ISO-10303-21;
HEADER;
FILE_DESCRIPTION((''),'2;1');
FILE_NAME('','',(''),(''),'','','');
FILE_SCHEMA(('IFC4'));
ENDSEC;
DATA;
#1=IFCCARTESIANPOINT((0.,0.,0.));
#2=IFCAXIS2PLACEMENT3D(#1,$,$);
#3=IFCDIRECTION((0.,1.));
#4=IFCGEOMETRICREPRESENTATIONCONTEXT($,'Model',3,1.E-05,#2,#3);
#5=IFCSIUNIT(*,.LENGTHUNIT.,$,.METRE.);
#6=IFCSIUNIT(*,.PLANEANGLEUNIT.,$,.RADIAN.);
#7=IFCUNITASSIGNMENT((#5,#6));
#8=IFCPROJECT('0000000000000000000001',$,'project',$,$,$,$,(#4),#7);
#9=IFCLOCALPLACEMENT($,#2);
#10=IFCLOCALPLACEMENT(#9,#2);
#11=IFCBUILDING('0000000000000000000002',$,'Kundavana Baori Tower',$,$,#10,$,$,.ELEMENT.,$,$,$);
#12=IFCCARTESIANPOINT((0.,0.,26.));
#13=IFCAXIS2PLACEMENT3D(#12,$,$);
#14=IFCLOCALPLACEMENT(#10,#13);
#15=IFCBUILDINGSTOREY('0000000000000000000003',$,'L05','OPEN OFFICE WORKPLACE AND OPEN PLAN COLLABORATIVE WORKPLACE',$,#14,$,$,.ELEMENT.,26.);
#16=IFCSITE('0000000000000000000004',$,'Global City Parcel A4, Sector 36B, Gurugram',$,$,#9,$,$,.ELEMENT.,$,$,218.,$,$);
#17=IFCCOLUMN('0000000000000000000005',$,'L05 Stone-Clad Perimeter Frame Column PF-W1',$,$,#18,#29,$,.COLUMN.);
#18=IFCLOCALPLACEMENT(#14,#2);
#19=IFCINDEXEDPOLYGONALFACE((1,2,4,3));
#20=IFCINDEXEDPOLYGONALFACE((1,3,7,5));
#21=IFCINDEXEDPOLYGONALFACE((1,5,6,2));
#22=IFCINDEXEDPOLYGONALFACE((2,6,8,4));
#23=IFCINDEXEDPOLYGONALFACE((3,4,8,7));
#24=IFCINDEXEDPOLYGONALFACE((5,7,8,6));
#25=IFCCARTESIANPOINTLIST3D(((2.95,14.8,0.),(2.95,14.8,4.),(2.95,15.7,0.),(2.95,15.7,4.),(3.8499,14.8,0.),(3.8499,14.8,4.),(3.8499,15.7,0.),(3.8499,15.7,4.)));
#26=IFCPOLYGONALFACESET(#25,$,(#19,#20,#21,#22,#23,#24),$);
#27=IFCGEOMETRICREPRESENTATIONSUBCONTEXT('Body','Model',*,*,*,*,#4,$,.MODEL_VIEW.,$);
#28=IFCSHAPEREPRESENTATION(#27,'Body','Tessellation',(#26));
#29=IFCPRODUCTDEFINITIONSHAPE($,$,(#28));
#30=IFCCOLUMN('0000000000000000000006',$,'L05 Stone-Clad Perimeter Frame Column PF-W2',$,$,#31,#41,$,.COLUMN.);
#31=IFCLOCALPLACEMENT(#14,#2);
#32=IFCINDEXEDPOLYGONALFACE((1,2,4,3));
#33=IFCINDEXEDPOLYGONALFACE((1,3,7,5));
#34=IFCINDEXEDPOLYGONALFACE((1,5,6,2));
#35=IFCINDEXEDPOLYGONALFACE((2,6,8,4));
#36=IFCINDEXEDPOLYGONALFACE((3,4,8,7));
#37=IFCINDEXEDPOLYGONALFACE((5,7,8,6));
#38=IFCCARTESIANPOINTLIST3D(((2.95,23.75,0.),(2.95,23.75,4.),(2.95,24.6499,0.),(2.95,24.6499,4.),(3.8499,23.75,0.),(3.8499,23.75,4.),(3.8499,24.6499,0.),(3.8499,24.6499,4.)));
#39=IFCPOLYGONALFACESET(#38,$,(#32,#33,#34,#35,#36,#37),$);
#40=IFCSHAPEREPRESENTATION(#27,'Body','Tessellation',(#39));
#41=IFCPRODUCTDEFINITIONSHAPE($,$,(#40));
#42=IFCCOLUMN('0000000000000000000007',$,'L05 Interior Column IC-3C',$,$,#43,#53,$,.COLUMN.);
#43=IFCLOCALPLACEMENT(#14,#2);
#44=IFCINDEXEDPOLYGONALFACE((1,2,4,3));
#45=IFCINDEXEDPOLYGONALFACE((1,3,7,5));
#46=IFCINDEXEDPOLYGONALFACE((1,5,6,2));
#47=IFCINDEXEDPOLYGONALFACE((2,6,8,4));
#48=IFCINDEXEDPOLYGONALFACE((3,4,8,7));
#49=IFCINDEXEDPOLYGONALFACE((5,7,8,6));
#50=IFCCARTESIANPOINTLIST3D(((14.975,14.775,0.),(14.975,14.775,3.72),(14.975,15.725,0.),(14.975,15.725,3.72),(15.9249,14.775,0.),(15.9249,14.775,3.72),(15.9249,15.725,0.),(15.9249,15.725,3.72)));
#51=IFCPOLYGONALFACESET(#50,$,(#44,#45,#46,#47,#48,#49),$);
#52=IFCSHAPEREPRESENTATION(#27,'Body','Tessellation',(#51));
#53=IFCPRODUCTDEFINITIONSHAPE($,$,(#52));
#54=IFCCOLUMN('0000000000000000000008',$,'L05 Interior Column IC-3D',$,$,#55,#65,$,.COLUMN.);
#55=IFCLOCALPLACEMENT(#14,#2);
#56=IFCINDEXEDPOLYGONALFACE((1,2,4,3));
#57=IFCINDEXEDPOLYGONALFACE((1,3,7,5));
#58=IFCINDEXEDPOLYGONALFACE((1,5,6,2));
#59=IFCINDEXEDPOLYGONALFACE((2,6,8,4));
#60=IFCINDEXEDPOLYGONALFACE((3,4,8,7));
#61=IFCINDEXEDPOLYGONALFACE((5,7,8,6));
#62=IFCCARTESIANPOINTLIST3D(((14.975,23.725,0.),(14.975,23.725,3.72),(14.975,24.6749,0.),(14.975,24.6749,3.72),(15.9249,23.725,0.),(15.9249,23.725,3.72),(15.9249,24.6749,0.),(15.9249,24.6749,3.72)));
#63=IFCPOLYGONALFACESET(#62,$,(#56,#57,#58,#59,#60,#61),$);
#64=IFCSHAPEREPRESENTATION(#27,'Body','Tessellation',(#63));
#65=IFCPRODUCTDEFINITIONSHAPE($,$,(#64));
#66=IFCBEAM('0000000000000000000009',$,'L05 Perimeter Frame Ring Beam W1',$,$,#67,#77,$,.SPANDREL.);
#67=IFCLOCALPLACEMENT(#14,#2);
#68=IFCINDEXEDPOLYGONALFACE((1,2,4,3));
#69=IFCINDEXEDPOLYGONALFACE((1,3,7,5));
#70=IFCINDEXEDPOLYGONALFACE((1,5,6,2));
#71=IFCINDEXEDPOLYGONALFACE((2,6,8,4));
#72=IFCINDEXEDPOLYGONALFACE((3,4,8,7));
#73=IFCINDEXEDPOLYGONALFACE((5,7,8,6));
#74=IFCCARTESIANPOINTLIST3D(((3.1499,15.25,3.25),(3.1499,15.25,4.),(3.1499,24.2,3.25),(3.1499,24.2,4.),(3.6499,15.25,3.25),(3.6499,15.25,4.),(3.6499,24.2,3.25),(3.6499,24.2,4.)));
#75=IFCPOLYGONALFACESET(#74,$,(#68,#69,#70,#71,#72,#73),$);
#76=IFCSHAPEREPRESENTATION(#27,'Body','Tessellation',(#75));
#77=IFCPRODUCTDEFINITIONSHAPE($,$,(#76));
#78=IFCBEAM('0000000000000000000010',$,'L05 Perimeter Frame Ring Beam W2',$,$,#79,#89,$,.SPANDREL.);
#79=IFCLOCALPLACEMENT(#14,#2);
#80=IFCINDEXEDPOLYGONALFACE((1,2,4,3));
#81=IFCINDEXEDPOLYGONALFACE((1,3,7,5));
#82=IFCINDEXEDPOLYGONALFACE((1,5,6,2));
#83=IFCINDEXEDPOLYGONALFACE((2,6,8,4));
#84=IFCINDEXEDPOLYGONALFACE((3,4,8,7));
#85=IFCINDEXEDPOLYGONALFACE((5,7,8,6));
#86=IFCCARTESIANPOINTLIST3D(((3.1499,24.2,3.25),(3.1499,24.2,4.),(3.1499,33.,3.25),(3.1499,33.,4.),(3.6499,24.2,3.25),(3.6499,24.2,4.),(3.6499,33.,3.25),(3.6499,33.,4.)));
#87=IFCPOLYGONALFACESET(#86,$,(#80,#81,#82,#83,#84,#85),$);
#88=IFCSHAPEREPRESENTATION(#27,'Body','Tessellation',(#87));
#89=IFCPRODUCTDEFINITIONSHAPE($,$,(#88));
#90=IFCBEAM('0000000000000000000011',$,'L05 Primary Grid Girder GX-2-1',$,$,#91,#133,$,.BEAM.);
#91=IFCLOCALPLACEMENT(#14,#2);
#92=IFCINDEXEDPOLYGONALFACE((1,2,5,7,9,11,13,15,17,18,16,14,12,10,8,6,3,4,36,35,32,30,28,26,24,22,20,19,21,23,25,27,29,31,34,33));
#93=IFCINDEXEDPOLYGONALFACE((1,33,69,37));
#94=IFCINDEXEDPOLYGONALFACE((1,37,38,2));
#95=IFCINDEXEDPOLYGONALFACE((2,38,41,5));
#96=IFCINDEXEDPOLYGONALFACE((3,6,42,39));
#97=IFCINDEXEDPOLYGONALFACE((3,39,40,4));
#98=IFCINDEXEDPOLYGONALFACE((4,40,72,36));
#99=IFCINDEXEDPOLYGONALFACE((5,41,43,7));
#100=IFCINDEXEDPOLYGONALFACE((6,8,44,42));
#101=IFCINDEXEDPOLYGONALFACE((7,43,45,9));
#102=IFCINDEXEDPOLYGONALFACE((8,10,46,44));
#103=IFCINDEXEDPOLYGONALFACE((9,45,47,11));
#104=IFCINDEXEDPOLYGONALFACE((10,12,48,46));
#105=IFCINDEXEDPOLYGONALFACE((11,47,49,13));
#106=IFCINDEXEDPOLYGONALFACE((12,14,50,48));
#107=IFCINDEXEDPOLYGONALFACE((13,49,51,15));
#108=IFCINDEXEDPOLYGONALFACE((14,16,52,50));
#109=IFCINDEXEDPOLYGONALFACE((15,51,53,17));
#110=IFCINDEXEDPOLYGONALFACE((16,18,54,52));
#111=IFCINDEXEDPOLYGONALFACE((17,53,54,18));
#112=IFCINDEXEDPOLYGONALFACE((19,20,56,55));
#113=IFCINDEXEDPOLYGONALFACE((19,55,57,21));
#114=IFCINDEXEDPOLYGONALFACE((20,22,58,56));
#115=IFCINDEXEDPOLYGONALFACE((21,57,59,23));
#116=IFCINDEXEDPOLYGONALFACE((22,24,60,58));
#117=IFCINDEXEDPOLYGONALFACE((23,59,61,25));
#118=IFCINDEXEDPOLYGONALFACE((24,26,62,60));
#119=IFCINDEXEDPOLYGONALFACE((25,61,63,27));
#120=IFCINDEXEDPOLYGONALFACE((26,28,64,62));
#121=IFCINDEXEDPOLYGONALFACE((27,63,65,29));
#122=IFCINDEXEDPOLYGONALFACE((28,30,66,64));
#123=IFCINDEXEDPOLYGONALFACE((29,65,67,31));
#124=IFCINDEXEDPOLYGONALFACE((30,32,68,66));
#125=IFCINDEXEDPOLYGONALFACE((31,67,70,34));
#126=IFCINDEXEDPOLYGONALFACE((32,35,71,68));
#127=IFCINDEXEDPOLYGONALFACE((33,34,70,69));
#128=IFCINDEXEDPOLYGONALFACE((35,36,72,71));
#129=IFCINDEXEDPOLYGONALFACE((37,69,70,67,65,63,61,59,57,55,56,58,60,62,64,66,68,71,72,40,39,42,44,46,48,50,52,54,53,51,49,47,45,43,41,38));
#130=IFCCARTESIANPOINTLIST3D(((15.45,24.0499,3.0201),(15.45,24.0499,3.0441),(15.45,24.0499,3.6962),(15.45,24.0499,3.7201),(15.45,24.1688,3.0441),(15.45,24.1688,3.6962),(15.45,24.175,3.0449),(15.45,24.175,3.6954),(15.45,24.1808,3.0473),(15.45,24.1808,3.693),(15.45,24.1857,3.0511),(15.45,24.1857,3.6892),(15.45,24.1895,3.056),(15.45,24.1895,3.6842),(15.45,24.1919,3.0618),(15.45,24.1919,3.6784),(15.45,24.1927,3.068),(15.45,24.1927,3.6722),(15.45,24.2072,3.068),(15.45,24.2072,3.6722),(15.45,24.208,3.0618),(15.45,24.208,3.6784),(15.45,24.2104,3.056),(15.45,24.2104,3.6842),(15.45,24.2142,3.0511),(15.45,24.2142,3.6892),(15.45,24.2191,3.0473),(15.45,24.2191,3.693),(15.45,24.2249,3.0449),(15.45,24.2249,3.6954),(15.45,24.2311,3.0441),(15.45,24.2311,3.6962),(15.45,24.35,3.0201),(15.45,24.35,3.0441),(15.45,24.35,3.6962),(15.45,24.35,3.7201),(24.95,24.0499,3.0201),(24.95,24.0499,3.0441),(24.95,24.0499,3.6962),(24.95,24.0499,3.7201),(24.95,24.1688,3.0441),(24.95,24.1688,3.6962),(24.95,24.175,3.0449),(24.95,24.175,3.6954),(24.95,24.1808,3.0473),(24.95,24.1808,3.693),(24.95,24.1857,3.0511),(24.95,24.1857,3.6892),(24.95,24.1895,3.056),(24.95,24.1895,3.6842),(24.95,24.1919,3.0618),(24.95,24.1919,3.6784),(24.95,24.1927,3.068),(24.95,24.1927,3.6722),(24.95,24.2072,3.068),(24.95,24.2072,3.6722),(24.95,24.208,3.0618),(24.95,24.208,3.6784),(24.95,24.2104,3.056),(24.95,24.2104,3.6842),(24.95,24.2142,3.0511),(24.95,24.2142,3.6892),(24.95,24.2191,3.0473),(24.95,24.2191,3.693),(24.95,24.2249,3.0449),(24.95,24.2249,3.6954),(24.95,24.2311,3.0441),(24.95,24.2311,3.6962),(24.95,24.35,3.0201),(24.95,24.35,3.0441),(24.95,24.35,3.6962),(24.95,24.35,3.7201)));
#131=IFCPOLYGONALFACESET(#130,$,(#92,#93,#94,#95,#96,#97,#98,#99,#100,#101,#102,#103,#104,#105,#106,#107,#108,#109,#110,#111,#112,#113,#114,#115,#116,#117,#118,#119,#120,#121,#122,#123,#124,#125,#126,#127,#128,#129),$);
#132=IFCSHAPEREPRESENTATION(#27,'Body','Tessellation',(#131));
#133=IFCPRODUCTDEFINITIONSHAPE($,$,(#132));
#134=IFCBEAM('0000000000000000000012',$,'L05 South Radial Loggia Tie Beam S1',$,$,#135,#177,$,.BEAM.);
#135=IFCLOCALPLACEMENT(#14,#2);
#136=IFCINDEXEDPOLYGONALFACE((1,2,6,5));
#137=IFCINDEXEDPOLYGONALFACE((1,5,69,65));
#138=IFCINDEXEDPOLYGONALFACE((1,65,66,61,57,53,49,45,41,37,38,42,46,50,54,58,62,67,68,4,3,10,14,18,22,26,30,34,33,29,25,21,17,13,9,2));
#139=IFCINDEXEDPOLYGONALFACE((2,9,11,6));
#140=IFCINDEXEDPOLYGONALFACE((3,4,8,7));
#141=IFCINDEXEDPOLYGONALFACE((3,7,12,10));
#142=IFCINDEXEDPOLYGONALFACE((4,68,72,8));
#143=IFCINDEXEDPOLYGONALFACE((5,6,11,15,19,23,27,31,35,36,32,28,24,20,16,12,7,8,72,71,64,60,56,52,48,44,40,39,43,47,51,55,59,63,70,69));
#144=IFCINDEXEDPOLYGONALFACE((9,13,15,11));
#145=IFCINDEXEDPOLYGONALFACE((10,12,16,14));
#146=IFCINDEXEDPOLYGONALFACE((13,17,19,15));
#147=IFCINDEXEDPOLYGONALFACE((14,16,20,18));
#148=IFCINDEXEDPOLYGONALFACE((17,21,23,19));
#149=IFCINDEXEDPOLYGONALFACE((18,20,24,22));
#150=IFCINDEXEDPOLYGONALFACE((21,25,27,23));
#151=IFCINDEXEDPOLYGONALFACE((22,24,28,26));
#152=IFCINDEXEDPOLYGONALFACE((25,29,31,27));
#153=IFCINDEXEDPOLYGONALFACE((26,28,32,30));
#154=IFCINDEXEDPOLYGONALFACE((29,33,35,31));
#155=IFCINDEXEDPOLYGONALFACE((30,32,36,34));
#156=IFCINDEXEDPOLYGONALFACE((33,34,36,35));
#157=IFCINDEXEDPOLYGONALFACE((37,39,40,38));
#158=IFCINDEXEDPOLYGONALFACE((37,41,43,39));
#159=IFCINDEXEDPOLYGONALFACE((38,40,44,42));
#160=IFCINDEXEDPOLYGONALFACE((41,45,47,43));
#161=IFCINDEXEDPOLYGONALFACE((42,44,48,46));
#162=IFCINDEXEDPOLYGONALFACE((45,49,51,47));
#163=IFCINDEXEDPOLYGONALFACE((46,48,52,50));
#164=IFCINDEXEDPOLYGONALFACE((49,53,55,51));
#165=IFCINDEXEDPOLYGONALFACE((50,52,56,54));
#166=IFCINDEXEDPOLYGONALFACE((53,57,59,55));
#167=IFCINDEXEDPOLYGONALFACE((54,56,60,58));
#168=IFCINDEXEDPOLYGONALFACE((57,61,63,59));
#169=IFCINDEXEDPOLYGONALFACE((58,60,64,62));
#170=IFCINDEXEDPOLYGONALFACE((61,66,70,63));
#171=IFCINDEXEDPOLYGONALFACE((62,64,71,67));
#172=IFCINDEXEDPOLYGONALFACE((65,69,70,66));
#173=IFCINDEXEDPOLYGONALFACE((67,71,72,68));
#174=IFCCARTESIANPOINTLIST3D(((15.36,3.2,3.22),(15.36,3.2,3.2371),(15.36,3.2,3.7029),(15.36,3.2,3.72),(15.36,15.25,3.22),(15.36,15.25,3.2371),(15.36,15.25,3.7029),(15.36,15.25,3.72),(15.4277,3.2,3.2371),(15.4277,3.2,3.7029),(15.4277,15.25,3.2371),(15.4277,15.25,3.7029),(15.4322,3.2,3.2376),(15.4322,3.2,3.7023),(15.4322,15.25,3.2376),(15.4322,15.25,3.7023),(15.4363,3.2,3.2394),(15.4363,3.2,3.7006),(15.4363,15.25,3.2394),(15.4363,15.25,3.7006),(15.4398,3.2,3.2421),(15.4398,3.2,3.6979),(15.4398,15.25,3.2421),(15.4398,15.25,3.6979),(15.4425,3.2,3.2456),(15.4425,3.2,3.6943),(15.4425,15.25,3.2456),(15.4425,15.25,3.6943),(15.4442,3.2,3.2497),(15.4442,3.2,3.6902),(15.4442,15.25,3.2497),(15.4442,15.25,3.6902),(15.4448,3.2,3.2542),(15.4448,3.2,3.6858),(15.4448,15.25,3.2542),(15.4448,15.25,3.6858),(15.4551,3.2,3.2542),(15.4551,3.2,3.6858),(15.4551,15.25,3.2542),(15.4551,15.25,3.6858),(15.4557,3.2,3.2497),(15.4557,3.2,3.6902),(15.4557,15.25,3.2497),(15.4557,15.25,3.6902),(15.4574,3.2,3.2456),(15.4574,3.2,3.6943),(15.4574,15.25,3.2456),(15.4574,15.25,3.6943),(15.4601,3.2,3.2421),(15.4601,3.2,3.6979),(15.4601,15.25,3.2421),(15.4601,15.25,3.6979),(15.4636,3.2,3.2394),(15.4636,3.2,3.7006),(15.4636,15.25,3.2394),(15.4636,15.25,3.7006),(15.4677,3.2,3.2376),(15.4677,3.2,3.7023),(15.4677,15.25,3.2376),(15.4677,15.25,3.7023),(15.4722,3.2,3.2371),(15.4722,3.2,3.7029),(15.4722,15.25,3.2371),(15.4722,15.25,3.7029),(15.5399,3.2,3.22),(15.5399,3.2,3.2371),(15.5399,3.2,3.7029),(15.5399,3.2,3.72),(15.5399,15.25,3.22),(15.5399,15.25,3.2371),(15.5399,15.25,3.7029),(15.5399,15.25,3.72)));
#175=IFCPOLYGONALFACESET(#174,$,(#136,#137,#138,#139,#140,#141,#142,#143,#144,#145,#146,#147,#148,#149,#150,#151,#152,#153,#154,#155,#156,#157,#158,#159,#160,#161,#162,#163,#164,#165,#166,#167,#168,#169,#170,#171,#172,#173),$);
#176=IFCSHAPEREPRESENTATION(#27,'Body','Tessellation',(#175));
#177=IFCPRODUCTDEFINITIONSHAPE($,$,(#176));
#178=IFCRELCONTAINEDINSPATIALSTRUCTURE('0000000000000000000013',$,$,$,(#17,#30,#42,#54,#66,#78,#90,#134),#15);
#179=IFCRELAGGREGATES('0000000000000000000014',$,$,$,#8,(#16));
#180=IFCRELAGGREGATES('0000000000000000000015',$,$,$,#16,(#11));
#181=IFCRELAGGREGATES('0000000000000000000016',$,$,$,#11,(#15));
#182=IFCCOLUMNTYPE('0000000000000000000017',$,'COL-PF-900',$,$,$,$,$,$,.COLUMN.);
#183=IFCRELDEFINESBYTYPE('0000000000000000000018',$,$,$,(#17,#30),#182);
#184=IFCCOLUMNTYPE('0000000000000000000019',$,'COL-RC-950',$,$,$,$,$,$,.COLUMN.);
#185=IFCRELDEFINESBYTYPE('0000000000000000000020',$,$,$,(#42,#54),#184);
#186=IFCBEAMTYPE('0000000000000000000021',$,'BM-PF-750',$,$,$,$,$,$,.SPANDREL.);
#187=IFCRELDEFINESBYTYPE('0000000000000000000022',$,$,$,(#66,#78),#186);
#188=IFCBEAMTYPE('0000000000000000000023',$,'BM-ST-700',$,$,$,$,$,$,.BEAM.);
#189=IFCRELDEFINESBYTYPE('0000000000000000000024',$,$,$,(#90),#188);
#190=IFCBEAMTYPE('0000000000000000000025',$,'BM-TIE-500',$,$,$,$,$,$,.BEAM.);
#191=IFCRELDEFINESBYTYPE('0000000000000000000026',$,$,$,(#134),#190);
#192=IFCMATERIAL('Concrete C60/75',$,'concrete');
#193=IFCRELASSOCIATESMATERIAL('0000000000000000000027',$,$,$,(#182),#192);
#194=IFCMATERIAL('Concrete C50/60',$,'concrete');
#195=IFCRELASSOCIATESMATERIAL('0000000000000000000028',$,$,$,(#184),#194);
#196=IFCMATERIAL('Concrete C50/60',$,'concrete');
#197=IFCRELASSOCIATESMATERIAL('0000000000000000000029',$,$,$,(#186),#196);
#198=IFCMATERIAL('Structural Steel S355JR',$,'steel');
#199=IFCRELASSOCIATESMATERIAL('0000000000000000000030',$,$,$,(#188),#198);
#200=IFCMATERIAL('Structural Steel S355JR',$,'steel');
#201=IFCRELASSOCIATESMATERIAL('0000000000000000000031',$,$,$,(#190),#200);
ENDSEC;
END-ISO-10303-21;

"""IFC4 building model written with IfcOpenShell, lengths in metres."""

from ifc_helpers import new_model, si_unit, direction, frame, origin, origin_2d, place, context, subcontext, project, spatial, rectangle, i_section, extrude, material, material_profile, profile_set, type_object, element, save


model = new_model("IFC4")

# Units and contexts
model_context = context("Model", 3, precision=1e-05, world=origin(), true_north=direction((0.0, 1.0)))
body_context = subcontext(model_context, "Body", "Model", "MODEL_VIEW")
ifc_project = project(units=[si_unit("LENGTHUNIT", "METRE"), si_unit("PLANEANGLEUNIT", "RADIAN")], contexts=[model_context])

# Site, building, storey
site_placement = place(None, origin())
site = spatial("IfcSite", under=ifc_project, at=site_placement, Name="Global City Parcel A4, Sector 36B, Gurugram", CompositionType="ELEMENT", RefElevation=218.0)
building_placement = place(site_placement, origin())
building = spatial("IfcBuilding", under=site, at=building_placement, Name="Kundavana Baori Tower", CompositionType="ELEMENT")
storey_placement = place(building_placement, frame((0.0, 0.0, 26.0)))
storey = spatial("IfcBuildingStorey", under=building, at=storey_placement, Name="L05", Description="OPEN OFFICE WORKPLACE AND OPEN PLAN COLLABORATIVE WORKPLACE", CompositionType="ELEMENT", Elevation=26.0)

# Columns
ifc_material_1 = material(Name="Concrete C60/75", Category="concrete")
ifc_material_profile_1 = material_profile(ifc_material_1, rectangle(XDim=0.8999, YDim=0.8999, at=origin_2d()), Name="RC PF 900x900")
ifc_profile_set_1 = profile_set([ifc_material_profile_1], Name="Concrete C60/75")
column_type_1 = type_object("IfcColumnType", Name="COL-PF-900", PredefinedType="COLUMN", material=ifc_profile_set_1)
for number, where, z_axis, x_axis, name in (
    (1, (3.3999, 15.25, 0.0), (0.0, 0.0, 1.0), (1.0, 0.0, 0.0), "L05 Stone-Clad Perimeter Frame Column PF-W1"),
    (2, (3.3999, 24.2, 0.0), (0.0, 0.0, 1.0), (1.0, 0.0, 0.0), "L05 Stone-Clad Perimeter Frame Column PF-W2"),
):
    element("IfcColumn", number, at=place(storey_placement, frame(where, z_axis=z_axis, x_axis=x_axis)), inside=storey, type_object=column_type_1, Name=name, PredefinedType="COLUMN", context=body_context, shape_type="SweptSolid", body=[
        extrude(rectangle(XDim=0.8999, YDim=0.8999, at=origin_2d()), origin(), (0.0, 0.0, 1.0), 4.0),
    ])
ifc_material_2 = material(Name="Concrete C50/60", Category="concrete")
ifc_material_profile_2 = material_profile(ifc_material_2, rectangle(XDim=0.95, YDim=0.95, at=origin_2d()), Name="RC 950x950")
ifc_profile_set_2 = profile_set([ifc_material_profile_2], Name="Concrete C50/60")
column_type_2 = type_object("IfcColumnType", Name="COL-RC-950", PredefinedType="COLUMN", material=ifc_profile_set_2)
for number, where, z_axis, x_axis, name in (
    (3, (15.45, 15.25, 0.0), (0.0, 0.0, 1.0), (1.0, 0.0, 0.0), "L05 Interior Column IC-3C"),
    (4, (15.45, 24.2, 0.0), (0.0, 0.0, 1.0), (1.0, 0.0, 0.0), "L05 Interior Column IC-3D"),
):
    element("IfcColumn", number, at=place(storey_placement, frame(where, z_axis=z_axis, x_axis=x_axis)), inside=storey, type_object=column_type_2, Name=name, PredefinedType="COLUMN", context=body_context, shape_type="SweptSolid", body=[
        extrude(rectangle(XDim=0.95, YDim=0.95, at=origin_2d()), origin(), (0.0, 0.0, 1.0), 3.72),
    ])

# Beams
ifc_material_3 = material(Name="Concrete C50/60", Category="concrete")
ifc_material_profile_3 = material_profile(ifc_material_3, rectangle(XDim=0.5, YDim=0.75, at=origin_2d()), Name="RC BM 500x750")
ifc_profile_set_3 = profile_set([ifc_material_profile_3], Name="Concrete C50/60")
beam_type_1 = type_object("IfcBeamType", Name="BM-PF-750", PredefinedType="SPANDREL", material=ifc_profile_set_3)
beam_1_placement = place(storey_placement, frame((3.3999, 15.25, 3.625), z_axis=(0.0, 1.0, 0.0), x_axis=(-1.0, 0.0, 0.0)))
element("IfcBeam", 5, at=beam_1_placement, inside=storey, type_object=beam_type_1, Name="L05 Perimeter Frame Ring Beam W1", PredefinedType="SPANDREL", context=body_context, shape_type="SweptSolid", body=[
    extrude(rectangle(XDim=0.5, YDim=0.75, at=origin_2d()), origin(), (0.0, 0.0, 1.0), 8.95),
])
beam_2_placement = place(storey_placement, frame((3.3999, 24.2, 3.625), z_axis=(0.0, 1.0, 0.0), x_axis=(-1.0, 0.0, 0.0)))
element("IfcBeam", 6, at=beam_2_placement, inside=storey, type_object=beam_type_1, Name="L05 Perimeter Frame Ring Beam W2", PredefinedType="SPANDREL", context=body_context, shape_type="SweptSolid", body=[
    extrude(rectangle(XDim=0.5, YDim=0.75, at=origin_2d()), origin(), (0.0, 0.0, 1.0), 8.8),
])
ifc_material_4 = material(Name="Structural Steel S355JR", Category="steel")
ifc_material_profile_4 = material_profile(ifc_material_4, i_section(OverallWidth=0.3, OverallDepth=0.7, WebThickness=0.0144, FlangeThickness=0.0239, FilletRadius=0.0239, at=origin_2d()), Name="NPB 700x300x170")
ifc_profile_set_4 = profile_set([ifc_material_profile_4], Name="Structural Steel S355JR")
beam_type_2 = type_object("IfcBeamType", Name="BM-ST-700", PredefinedType="BEAM", material=ifc_profile_set_4)
beam_3_placement = place(storey_placement, frame((15.45, 24.2, 3.3701), z_axis=(1.0, 0.0, 0.0), x_axis=(0.0, 1.0, 0.0)))
element("IfcBeam", 7, at=beam_3_placement, inside=storey, type_object=beam_type_2, Name="L05 Primary Grid Girder GX-2-1", PredefinedType="BEAM", context=body_context, shape_type="SweptSolid", body=[
    extrude(i_section(OverallWidth=0.3, OverallDepth=0.7, WebThickness=0.0144, FlangeThickness=0.0239, FilletRadius=0.0239, at=origin_2d()), origin(), (0.0, 0.0, 1.0), 9.5),
])
ifc_material_5 = material(Name="Structural Steel S355JR", Category="steel")
ifc_material_profile_5 = material_profile(ifc_material_5, i_section(OverallWidth=0.1799, OverallDepth=0.5, WebThickness=0.0103, FlangeThickness=0.0171, FilletRadius=0.0171, at=origin_2d()), Name="ISMB 500")
ifc_profile_set_5 = profile_set([ifc_material_profile_5], Name="Structural Steel S355JR")
beam_type_3 = type_object("IfcBeamType", Name="BM-TIE-500", PredefinedType="BEAM", material=ifc_profile_set_5)
for number, where, z_axis, x_axis, name in (
    (8, (15.45, 15.25, 3.47), (0.0, -1.0, 0.0), (1.0, 0.0, 0.0), "L05 South Radial Loggia Tie Beam S1"),
):
    element("IfcBeam", number, at=place(storey_placement, frame(where, z_axis=z_axis, x_axis=x_axis)), inside=storey, type_object=beam_type_3, Name=name, PredefinedType="BEAM", context=body_context, shape_type="SweptSolid", body=[
        extrude(i_section(OverallWidth=0.1799, OverallDepth=0.5, WebThickness=0.0103, FlangeThickness=0.0171, FilletRadius=0.0171, at=origin_2d()), origin(), (0.0, 0.0, 1.0), 12.05),
    ])

save(model, "model.ifc")
